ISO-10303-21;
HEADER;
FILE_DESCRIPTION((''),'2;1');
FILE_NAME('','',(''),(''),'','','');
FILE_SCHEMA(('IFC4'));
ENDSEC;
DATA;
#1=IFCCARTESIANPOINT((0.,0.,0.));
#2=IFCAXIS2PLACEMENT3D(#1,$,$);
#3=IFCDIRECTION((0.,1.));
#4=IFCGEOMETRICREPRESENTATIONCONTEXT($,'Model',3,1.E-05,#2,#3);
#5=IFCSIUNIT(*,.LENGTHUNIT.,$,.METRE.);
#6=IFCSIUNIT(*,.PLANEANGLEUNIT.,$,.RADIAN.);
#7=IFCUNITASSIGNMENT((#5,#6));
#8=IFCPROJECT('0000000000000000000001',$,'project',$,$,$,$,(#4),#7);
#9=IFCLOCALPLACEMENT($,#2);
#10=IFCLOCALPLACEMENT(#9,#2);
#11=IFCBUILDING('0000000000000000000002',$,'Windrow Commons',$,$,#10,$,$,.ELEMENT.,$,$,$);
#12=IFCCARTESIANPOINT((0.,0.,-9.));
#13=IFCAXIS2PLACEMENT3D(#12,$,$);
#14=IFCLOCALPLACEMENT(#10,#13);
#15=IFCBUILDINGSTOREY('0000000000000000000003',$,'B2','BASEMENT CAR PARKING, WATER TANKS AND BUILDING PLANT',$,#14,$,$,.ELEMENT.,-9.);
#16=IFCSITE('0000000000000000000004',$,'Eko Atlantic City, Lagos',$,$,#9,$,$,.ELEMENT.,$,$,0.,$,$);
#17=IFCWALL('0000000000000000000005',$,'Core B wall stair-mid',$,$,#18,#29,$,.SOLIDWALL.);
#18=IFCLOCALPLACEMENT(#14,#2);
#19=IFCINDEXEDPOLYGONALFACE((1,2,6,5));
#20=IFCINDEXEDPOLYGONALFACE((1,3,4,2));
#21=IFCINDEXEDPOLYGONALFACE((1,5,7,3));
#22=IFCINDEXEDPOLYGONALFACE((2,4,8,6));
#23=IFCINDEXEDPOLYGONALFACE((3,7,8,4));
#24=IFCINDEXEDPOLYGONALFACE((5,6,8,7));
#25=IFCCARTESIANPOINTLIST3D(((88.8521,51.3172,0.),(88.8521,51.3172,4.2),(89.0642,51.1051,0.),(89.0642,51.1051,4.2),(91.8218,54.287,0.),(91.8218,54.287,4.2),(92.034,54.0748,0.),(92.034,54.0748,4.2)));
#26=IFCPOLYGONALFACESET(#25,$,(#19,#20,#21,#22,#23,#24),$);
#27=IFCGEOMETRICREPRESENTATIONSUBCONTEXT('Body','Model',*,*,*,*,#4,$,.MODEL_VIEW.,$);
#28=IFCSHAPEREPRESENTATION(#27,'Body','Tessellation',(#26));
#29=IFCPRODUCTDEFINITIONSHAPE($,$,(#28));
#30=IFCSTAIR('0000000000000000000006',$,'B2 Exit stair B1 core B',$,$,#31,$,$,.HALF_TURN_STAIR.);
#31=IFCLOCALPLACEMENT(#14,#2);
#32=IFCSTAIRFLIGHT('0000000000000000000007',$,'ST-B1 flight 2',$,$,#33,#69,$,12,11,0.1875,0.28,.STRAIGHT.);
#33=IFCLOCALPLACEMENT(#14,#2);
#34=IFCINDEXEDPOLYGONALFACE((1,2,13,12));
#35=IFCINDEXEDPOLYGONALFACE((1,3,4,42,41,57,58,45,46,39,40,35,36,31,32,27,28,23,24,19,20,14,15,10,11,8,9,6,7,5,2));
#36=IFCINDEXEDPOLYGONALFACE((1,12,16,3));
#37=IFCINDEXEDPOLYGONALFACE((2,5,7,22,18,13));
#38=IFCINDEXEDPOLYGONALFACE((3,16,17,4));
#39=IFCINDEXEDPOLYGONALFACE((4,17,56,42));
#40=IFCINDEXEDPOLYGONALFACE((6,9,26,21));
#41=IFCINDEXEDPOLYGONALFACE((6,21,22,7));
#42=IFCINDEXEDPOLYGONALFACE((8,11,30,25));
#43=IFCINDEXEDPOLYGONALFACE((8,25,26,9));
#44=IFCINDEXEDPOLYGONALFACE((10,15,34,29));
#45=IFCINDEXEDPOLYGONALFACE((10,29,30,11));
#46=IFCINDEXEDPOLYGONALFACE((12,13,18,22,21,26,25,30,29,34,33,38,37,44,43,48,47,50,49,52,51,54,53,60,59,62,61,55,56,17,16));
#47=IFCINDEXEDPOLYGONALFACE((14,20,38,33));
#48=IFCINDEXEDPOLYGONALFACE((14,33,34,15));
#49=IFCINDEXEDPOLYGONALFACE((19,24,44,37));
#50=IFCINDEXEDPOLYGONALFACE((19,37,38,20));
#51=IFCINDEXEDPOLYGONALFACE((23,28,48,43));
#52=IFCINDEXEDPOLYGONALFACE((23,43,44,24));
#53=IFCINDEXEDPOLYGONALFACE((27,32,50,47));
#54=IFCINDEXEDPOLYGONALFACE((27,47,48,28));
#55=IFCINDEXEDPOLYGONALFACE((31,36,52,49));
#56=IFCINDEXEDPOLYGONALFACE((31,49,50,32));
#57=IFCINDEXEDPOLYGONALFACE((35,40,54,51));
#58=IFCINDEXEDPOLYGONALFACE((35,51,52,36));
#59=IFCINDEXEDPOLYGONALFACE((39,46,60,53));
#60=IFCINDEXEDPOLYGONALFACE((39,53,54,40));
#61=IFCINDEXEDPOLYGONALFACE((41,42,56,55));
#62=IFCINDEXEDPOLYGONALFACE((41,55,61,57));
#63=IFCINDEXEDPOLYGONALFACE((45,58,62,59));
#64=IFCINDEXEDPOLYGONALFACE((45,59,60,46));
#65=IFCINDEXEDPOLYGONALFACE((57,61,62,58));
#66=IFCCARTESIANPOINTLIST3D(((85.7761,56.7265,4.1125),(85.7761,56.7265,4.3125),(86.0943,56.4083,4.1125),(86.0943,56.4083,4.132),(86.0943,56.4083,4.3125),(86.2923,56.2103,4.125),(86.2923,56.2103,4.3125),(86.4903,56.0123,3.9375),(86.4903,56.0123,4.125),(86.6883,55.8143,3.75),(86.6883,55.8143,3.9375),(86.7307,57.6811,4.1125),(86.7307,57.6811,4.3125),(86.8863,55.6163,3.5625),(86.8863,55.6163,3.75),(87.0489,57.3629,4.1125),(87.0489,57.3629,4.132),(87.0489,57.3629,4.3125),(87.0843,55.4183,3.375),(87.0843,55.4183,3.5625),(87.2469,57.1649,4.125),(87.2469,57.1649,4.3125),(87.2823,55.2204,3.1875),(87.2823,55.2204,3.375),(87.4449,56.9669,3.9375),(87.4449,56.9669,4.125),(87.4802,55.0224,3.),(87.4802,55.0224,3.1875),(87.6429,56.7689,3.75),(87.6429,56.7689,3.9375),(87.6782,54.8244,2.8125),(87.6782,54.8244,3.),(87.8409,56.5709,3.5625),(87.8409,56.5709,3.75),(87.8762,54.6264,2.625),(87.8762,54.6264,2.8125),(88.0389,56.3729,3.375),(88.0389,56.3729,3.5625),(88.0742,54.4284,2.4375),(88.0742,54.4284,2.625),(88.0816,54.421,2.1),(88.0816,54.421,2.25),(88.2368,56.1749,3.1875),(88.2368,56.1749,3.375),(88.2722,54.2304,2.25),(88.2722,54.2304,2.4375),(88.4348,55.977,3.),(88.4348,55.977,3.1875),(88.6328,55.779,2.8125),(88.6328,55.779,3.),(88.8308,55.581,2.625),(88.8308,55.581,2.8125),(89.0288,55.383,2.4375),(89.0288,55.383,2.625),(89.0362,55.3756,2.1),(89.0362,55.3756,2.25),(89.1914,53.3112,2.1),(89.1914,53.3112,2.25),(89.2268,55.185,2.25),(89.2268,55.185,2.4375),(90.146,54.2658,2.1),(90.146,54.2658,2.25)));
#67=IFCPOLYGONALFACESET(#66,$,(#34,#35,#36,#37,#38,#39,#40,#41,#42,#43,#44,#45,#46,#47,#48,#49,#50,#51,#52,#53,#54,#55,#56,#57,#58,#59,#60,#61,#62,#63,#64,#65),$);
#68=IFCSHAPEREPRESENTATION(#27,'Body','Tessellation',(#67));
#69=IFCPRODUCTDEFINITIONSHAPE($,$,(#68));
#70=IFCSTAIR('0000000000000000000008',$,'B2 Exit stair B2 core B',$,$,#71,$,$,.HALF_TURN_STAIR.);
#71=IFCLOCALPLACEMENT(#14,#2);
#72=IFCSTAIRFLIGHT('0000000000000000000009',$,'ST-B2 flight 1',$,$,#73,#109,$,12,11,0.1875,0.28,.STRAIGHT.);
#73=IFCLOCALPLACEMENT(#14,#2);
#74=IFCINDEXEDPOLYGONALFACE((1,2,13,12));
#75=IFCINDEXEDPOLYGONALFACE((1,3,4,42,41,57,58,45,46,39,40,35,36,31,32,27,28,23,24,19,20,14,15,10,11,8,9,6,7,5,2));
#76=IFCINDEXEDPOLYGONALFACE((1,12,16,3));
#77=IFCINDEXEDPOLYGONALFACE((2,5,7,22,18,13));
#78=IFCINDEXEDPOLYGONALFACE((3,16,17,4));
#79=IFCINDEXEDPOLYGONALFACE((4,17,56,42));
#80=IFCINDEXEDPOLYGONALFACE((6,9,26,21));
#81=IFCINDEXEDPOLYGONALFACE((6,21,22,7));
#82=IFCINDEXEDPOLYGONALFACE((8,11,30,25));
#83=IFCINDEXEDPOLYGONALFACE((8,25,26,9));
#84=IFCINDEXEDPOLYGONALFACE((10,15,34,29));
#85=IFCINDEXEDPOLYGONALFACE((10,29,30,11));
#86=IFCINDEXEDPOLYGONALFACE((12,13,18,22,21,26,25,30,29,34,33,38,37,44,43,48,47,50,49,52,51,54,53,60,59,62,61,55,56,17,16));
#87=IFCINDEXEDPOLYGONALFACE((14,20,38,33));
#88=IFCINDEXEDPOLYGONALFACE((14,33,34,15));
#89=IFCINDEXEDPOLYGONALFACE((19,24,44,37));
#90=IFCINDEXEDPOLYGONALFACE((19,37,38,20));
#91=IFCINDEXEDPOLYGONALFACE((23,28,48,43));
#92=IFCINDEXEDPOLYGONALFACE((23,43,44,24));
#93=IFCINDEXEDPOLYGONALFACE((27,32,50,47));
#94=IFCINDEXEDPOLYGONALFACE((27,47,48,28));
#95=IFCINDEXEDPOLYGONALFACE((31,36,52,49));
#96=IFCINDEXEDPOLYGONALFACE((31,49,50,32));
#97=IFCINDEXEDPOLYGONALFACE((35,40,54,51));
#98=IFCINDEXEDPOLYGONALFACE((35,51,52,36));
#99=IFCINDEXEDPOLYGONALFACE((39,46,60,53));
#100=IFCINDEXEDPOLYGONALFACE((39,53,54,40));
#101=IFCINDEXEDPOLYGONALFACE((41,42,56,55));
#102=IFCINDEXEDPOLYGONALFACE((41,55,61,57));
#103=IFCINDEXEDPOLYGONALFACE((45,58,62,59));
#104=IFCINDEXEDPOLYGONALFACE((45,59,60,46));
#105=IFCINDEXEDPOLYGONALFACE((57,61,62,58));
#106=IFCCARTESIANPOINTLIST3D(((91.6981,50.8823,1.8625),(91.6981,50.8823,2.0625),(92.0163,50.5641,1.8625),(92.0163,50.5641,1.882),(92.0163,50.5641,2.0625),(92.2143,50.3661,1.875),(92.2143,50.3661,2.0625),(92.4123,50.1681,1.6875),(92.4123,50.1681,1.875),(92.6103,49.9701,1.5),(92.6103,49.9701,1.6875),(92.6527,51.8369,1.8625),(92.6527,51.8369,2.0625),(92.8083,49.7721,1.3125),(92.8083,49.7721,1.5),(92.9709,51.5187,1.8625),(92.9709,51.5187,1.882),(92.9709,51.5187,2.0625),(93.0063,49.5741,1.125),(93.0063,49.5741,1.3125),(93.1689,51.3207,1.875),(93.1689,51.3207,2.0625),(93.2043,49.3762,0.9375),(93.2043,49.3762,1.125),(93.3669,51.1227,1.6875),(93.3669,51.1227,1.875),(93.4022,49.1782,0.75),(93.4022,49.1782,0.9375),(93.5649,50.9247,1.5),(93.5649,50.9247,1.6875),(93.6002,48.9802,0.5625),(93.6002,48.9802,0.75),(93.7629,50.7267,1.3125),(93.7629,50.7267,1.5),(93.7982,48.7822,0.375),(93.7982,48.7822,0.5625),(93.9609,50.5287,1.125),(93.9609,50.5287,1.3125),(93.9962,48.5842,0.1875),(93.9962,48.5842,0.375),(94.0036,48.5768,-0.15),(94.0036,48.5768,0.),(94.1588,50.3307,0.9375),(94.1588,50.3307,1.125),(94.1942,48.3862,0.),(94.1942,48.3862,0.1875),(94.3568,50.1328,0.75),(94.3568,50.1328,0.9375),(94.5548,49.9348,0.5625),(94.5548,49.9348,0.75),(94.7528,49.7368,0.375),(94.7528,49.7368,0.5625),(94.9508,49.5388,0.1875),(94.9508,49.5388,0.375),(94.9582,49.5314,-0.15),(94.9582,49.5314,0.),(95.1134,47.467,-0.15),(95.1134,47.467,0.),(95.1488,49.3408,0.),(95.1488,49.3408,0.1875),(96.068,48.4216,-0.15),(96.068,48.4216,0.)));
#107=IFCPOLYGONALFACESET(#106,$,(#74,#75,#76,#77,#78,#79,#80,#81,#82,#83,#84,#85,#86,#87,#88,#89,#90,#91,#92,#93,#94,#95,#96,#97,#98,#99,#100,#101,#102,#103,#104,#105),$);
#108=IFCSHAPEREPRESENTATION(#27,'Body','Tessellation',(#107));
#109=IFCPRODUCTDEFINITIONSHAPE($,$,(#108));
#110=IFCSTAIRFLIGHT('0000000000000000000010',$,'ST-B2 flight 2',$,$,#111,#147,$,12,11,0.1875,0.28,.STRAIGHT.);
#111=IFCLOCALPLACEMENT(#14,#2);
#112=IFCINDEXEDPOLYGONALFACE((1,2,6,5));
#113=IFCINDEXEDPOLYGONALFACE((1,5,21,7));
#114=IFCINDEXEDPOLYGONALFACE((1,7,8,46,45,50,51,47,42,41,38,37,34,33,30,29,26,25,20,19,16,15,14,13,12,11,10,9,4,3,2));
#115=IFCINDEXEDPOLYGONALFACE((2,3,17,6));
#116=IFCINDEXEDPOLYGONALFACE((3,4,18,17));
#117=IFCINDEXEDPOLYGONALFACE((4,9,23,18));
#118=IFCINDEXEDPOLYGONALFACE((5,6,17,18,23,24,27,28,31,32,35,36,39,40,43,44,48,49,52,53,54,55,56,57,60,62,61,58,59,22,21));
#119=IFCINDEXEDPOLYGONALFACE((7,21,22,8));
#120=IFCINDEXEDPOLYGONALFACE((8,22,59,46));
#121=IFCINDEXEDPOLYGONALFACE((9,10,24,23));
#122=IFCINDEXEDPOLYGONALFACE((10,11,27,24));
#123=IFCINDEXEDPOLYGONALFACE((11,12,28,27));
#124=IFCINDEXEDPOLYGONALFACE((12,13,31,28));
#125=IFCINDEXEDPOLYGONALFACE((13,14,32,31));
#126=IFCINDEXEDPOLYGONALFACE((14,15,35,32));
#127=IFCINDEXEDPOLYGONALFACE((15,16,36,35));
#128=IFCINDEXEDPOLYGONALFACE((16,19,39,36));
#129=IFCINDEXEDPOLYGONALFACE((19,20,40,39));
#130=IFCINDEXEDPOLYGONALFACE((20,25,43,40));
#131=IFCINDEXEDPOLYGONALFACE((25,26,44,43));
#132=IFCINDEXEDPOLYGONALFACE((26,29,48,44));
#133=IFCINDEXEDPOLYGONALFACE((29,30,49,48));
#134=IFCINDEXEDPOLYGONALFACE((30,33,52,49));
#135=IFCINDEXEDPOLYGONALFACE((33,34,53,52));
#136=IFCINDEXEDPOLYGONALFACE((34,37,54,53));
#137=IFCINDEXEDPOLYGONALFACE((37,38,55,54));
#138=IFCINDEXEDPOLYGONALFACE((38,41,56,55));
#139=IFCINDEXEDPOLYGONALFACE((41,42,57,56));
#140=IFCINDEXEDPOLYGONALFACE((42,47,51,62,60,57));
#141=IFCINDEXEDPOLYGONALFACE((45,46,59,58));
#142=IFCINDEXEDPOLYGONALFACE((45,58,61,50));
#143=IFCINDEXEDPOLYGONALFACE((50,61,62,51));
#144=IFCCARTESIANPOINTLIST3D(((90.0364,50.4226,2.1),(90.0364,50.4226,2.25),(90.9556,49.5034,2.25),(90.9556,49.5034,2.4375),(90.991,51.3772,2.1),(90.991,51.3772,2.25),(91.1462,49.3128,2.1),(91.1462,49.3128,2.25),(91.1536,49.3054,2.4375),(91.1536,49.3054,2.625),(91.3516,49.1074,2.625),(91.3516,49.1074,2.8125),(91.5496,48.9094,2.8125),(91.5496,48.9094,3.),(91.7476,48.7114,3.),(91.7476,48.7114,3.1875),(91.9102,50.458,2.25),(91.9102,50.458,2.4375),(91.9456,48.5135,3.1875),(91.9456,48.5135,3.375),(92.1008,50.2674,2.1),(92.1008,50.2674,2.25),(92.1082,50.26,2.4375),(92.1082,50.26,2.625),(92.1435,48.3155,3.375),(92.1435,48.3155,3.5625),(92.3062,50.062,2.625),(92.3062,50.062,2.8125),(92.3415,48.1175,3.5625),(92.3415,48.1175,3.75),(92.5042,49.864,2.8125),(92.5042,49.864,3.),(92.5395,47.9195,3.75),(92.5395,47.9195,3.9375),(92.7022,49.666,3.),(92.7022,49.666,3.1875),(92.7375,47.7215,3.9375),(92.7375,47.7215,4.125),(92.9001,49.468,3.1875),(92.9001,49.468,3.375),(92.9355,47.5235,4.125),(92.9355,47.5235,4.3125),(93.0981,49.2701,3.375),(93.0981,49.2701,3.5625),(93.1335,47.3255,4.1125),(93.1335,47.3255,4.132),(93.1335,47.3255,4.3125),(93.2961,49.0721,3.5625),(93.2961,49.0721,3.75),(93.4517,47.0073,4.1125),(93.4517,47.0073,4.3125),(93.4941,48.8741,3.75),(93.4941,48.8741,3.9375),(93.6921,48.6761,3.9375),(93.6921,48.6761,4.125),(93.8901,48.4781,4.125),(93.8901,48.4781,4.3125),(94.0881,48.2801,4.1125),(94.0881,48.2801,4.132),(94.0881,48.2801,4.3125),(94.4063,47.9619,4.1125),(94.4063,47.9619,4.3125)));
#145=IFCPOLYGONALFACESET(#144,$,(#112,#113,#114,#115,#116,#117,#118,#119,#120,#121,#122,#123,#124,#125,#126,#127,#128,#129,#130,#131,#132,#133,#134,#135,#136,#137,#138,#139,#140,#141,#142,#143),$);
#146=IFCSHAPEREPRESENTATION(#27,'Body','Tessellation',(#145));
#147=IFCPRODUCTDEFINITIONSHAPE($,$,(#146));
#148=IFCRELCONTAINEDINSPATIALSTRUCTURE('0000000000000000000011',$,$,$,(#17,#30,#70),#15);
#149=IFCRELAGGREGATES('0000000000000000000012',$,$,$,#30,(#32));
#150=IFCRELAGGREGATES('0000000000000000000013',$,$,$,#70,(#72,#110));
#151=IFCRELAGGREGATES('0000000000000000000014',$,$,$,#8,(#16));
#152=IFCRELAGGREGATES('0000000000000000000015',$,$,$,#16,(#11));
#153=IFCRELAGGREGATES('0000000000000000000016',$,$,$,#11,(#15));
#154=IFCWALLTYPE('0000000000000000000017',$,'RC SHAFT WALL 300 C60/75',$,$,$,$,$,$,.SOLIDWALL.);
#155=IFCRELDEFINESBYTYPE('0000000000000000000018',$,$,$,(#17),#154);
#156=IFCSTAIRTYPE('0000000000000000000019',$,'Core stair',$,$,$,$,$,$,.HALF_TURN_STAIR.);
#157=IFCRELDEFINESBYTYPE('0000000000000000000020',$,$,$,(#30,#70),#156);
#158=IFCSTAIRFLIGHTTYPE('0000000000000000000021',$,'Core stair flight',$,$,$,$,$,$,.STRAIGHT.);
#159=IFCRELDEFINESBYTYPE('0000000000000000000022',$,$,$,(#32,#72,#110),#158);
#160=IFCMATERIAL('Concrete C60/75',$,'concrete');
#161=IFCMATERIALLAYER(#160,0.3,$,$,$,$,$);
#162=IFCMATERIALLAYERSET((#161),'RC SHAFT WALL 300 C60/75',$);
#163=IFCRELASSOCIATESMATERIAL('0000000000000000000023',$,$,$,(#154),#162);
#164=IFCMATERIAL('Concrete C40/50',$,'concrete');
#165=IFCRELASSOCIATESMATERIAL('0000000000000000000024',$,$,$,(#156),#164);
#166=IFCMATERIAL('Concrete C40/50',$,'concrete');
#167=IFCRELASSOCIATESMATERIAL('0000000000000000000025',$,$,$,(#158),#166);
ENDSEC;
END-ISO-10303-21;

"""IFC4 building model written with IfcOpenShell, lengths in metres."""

from ifc_helpers import new_model, si_unit, direction, frame, frame_2d, origin, place, context, subcontext, project, spatial, polyline, rectangle, outline, extrude, material, layer, layer_set, type_object, element, aggregate, save


model = new_model("IFC4")

# Units and contexts
model_context = context("Model", 3, precision=1e-05, world=origin(), true_north=direction((0.0, 1.0)))
body_context = subcontext(model_context, "Body", "Model", "MODEL_VIEW")
ifc_project = project(units=[si_unit("LENGTHUNIT", "METRE"), si_unit("PLANEANGLEUNIT", "RADIAN")], contexts=[model_context])

# Site, building, storey
site_placement = place(None, origin())
site = spatial("IfcSite", under=ifc_project, at=site_placement, Name="Eko Atlantic City, Lagos", CompositionType="ELEMENT", RefElevation=0.0)
building_placement = place(site_placement, origin())
building = spatial("IfcBuilding", under=site, at=building_placement, Name="Windrow Commons", CompositionType="ELEMENT")
storey_placement = place(building_placement, frame((0.0, 0.0, -9.0)))
storey = spatial("IfcBuildingStorey", under=building, at=storey_placement, Name="B2", Description="BASEMENT CAR PARKING, WATER TANKS AND BUILDING PLANT", CompositionType="ELEMENT", Elevation=-9.0)

# Wall
ifc_material_1 = material(Name="Concrete C60/75", Category="concrete")
ifc_layer_1 = layer(ifc_material_1, 0.3)
ifc_layer_set_1 = layer_set([ifc_layer_1], Name="RC SHAFT WALL 300 C60/75")
wall_type_1 = type_object("IfcWallType", Name="RC SHAFT WALL 300 C60/75", PredefinedType="SOLIDWALL", material=ifc_layer_set_1)
wall_1_placement = place(storey_placement, frame((88.9581, 51.2111, 0.0), z_axis=(0.0, 0.0, 1.0), x_axis=(0.707107, 0.707107, 0.0)))
element("IfcWall", 1, at=wall_1_placement, inside=storey, type_object=wall_type_1, Name="Core B wall stair-mid", PredefinedType="SOLIDWALL", context=body_context, shape_type="SweptSolid", body=[
    extrude(rectangle(XDim=4.1999, YDim=0.3, at=frame_2d((2.1, 0.0))), origin(), (0.0, 0.0, 1.0), 4.2),
])

# Stair, stair flight
ifc_material_2 = material(Name="Concrete C40/50", Category="concrete")
stair_type = type_object("IfcStairType", Name="Core stair", PredefinedType="HALF_TURN_STAIR", material=ifc_material_2)
placement = place(storey_placement, origin())
stair_1 = element("IfcStair", 2, at=placement, inside=storey, type_object=stair_type, Name="B2 Exit stair B1 core B", PredefinedType="HALF_TURN_STAIR")
ifc_material_3 = material(Name="Concrete C40/50", Category="concrete")
stair_flight_type = type_object("IfcStairFlightType", Name="Core stair flight", PredefinedType="STRAIGHT", material=ifc_material_3)
stair_flight_1_placement = place(storey_placement, frame((88.7495, 54.7077, 2.25), z_axis=(0.0, 0.0, 1.0), x_axis=(-0.707107, 0.707107, 0.0)))
stair_flight_1 = element("IfcStairFlight", 3, at=stair_flight_1_placement, type_object=stair_flight_type, Name="ST-B1 flight 2", NumberOfRisers=12, NumberOfTreads=11, PredefinedType="STRAIGHT", RiserHeight=0.1875, TreadLength=0.28, context=body_context, shape_type="SweptSolid", body=[
    extrude(outline(polyline([(-1.3, -0.15), (-1.3, 0.0), (0.0, 0.0), (0.0, 0.1875), (0.28, 0.1875), (0.28, 0.375), (0.56, 0.375), (0.56, 0.5625), (0.84, 0.5625), (0.84, 0.75), (1.12, 0.75), (1.12, 0.9375), (1.4, 0.9375), (1.4, 1.125), (1.68, 1.125), (1.68, 1.3125), (1.96, 1.3125), (1.96, 1.5), (2.24, 1.5), (2.24, 1.6875), (2.52, 1.6875), (2.52, 1.875), (2.8, 1.875), (2.8, 2.0625), (3.08, 2.0625), (3.53, 2.0625), (3.53, 1.8625), (3.08, 1.8625), (3.08, 1.882), (0.2696, 0.0), (0.2696, -0.15), (-1.3, -0.15)])), frame((0.0, 0.675, 0.0), z_axis=(0.0, -1.0, 0.0), x_axis=(1.0, 0.0, 0.0)), (0.0, 0.0, 1.0), 1.35),
])
aggregate(stair_1, [stair_flight_1])

# Stair, stair flights
stair_2 = element("IfcStair", 4, at=placement, inside=storey, type_object=stair_type, Name="B2 Exit stair B2 core B", PredefinedType="HALF_TURN_STAIR")
stair_flight_2_placement = place(storey_placement, frame((94.6715, 48.8635, 0.0), z_axis=(0.0, 0.0, 1.0), x_axis=(-0.707107, 0.707107, 0.0)))
stair_flight_2 = element("IfcStairFlight", 5, at=stair_flight_2_placement, type_object=stair_flight_type, Name="ST-B2 flight 1", NumberOfRisers=12, NumberOfTreads=11, PredefinedType="STRAIGHT", RiserHeight=0.1875, TreadLength=0.28, context=body_context, shape_type="SweptSolid", body=[
    extrude(outline(polyline([(-1.3, -0.15), (-1.3, 0.0), (0.0, 0.0), (0.0, 0.1875), (0.28, 0.1875), (0.28, 0.375), (0.56, 0.375), (0.56, 0.5625), (0.84, 0.5625), (0.84, 0.75), (1.12, 0.75), (1.12, 0.9375), (1.4, 0.9375), (1.4, 1.125), (1.68, 1.125), (1.68, 1.3125), (1.96, 1.3125), (1.96, 1.5), (2.24, 1.5), (2.24, 1.6875), (2.52, 1.6875), (2.52, 1.875), (2.8, 1.875), (2.8, 2.0625), (3.08, 2.0625), (3.53, 2.0625), (3.53, 1.8625), (3.08, 1.8625), (3.08, 1.882), (0.2696, 0.0), (0.2696, -0.15), (-1.3, -0.15)])), frame((0.0, 0.675, 0.0), z_axis=(0.0, -1.0, 0.0), x_axis=(1.0, 0.0, 0.0)), (0.0, 0.0, 1.0), 1.35),
])
stair_flight_3_placement = place(storey_placement, frame((91.4329, 49.9807, 2.25), z_axis=(0.0, 0.0, 1.0), x_axis=(0.707107, -0.707107, 0.0)))
stair_flight_3 = element("IfcStairFlight", 6, at=stair_flight_3_placement, type_object=stair_flight_type, Name="ST-B2 flight 2", NumberOfRisers=12, NumberOfTreads=11, PredefinedType="STRAIGHT", RiserHeight=0.1875, TreadLength=0.28, context=body_context, shape_type="SweptSolid", body=[
    extrude(outline(polyline([(-1.3, -0.15), (-1.3, 0.0), (0.0, 0.0), (0.0, 0.1875), (0.28, 0.1875), (0.28, 0.375), (0.56, 0.375), (0.56, 0.5625), (0.84, 0.5625), (0.84, 0.75), (1.12, 0.75), (1.12, 0.9375), (1.4, 0.9375), (1.4, 1.125), (1.68, 1.125), (1.68, 1.3125), (1.96, 1.3125), (1.96, 1.5), (2.24, 1.5), (2.24, 1.6875), (2.52, 1.6875), (2.52, 1.875), (2.8, 1.875), (2.8, 2.0625), (3.08, 2.0625), (3.53, 2.0625), (3.53, 1.8625), (3.08, 1.8625), (3.08, 1.882), (0.2696, 0.0), (0.2696, -0.15), (-1.3, -0.15)])), frame((0.0, 0.675, 0.0), z_axis=(0.0, -1.0, 0.0), x_axis=(1.0, 0.0, 0.0)), (0.0, 0.0, 1.0), 1.35),
])
aggregate(stair_2, [stair_flight_2, stair_flight_3])

save(model, "model.ifc")
